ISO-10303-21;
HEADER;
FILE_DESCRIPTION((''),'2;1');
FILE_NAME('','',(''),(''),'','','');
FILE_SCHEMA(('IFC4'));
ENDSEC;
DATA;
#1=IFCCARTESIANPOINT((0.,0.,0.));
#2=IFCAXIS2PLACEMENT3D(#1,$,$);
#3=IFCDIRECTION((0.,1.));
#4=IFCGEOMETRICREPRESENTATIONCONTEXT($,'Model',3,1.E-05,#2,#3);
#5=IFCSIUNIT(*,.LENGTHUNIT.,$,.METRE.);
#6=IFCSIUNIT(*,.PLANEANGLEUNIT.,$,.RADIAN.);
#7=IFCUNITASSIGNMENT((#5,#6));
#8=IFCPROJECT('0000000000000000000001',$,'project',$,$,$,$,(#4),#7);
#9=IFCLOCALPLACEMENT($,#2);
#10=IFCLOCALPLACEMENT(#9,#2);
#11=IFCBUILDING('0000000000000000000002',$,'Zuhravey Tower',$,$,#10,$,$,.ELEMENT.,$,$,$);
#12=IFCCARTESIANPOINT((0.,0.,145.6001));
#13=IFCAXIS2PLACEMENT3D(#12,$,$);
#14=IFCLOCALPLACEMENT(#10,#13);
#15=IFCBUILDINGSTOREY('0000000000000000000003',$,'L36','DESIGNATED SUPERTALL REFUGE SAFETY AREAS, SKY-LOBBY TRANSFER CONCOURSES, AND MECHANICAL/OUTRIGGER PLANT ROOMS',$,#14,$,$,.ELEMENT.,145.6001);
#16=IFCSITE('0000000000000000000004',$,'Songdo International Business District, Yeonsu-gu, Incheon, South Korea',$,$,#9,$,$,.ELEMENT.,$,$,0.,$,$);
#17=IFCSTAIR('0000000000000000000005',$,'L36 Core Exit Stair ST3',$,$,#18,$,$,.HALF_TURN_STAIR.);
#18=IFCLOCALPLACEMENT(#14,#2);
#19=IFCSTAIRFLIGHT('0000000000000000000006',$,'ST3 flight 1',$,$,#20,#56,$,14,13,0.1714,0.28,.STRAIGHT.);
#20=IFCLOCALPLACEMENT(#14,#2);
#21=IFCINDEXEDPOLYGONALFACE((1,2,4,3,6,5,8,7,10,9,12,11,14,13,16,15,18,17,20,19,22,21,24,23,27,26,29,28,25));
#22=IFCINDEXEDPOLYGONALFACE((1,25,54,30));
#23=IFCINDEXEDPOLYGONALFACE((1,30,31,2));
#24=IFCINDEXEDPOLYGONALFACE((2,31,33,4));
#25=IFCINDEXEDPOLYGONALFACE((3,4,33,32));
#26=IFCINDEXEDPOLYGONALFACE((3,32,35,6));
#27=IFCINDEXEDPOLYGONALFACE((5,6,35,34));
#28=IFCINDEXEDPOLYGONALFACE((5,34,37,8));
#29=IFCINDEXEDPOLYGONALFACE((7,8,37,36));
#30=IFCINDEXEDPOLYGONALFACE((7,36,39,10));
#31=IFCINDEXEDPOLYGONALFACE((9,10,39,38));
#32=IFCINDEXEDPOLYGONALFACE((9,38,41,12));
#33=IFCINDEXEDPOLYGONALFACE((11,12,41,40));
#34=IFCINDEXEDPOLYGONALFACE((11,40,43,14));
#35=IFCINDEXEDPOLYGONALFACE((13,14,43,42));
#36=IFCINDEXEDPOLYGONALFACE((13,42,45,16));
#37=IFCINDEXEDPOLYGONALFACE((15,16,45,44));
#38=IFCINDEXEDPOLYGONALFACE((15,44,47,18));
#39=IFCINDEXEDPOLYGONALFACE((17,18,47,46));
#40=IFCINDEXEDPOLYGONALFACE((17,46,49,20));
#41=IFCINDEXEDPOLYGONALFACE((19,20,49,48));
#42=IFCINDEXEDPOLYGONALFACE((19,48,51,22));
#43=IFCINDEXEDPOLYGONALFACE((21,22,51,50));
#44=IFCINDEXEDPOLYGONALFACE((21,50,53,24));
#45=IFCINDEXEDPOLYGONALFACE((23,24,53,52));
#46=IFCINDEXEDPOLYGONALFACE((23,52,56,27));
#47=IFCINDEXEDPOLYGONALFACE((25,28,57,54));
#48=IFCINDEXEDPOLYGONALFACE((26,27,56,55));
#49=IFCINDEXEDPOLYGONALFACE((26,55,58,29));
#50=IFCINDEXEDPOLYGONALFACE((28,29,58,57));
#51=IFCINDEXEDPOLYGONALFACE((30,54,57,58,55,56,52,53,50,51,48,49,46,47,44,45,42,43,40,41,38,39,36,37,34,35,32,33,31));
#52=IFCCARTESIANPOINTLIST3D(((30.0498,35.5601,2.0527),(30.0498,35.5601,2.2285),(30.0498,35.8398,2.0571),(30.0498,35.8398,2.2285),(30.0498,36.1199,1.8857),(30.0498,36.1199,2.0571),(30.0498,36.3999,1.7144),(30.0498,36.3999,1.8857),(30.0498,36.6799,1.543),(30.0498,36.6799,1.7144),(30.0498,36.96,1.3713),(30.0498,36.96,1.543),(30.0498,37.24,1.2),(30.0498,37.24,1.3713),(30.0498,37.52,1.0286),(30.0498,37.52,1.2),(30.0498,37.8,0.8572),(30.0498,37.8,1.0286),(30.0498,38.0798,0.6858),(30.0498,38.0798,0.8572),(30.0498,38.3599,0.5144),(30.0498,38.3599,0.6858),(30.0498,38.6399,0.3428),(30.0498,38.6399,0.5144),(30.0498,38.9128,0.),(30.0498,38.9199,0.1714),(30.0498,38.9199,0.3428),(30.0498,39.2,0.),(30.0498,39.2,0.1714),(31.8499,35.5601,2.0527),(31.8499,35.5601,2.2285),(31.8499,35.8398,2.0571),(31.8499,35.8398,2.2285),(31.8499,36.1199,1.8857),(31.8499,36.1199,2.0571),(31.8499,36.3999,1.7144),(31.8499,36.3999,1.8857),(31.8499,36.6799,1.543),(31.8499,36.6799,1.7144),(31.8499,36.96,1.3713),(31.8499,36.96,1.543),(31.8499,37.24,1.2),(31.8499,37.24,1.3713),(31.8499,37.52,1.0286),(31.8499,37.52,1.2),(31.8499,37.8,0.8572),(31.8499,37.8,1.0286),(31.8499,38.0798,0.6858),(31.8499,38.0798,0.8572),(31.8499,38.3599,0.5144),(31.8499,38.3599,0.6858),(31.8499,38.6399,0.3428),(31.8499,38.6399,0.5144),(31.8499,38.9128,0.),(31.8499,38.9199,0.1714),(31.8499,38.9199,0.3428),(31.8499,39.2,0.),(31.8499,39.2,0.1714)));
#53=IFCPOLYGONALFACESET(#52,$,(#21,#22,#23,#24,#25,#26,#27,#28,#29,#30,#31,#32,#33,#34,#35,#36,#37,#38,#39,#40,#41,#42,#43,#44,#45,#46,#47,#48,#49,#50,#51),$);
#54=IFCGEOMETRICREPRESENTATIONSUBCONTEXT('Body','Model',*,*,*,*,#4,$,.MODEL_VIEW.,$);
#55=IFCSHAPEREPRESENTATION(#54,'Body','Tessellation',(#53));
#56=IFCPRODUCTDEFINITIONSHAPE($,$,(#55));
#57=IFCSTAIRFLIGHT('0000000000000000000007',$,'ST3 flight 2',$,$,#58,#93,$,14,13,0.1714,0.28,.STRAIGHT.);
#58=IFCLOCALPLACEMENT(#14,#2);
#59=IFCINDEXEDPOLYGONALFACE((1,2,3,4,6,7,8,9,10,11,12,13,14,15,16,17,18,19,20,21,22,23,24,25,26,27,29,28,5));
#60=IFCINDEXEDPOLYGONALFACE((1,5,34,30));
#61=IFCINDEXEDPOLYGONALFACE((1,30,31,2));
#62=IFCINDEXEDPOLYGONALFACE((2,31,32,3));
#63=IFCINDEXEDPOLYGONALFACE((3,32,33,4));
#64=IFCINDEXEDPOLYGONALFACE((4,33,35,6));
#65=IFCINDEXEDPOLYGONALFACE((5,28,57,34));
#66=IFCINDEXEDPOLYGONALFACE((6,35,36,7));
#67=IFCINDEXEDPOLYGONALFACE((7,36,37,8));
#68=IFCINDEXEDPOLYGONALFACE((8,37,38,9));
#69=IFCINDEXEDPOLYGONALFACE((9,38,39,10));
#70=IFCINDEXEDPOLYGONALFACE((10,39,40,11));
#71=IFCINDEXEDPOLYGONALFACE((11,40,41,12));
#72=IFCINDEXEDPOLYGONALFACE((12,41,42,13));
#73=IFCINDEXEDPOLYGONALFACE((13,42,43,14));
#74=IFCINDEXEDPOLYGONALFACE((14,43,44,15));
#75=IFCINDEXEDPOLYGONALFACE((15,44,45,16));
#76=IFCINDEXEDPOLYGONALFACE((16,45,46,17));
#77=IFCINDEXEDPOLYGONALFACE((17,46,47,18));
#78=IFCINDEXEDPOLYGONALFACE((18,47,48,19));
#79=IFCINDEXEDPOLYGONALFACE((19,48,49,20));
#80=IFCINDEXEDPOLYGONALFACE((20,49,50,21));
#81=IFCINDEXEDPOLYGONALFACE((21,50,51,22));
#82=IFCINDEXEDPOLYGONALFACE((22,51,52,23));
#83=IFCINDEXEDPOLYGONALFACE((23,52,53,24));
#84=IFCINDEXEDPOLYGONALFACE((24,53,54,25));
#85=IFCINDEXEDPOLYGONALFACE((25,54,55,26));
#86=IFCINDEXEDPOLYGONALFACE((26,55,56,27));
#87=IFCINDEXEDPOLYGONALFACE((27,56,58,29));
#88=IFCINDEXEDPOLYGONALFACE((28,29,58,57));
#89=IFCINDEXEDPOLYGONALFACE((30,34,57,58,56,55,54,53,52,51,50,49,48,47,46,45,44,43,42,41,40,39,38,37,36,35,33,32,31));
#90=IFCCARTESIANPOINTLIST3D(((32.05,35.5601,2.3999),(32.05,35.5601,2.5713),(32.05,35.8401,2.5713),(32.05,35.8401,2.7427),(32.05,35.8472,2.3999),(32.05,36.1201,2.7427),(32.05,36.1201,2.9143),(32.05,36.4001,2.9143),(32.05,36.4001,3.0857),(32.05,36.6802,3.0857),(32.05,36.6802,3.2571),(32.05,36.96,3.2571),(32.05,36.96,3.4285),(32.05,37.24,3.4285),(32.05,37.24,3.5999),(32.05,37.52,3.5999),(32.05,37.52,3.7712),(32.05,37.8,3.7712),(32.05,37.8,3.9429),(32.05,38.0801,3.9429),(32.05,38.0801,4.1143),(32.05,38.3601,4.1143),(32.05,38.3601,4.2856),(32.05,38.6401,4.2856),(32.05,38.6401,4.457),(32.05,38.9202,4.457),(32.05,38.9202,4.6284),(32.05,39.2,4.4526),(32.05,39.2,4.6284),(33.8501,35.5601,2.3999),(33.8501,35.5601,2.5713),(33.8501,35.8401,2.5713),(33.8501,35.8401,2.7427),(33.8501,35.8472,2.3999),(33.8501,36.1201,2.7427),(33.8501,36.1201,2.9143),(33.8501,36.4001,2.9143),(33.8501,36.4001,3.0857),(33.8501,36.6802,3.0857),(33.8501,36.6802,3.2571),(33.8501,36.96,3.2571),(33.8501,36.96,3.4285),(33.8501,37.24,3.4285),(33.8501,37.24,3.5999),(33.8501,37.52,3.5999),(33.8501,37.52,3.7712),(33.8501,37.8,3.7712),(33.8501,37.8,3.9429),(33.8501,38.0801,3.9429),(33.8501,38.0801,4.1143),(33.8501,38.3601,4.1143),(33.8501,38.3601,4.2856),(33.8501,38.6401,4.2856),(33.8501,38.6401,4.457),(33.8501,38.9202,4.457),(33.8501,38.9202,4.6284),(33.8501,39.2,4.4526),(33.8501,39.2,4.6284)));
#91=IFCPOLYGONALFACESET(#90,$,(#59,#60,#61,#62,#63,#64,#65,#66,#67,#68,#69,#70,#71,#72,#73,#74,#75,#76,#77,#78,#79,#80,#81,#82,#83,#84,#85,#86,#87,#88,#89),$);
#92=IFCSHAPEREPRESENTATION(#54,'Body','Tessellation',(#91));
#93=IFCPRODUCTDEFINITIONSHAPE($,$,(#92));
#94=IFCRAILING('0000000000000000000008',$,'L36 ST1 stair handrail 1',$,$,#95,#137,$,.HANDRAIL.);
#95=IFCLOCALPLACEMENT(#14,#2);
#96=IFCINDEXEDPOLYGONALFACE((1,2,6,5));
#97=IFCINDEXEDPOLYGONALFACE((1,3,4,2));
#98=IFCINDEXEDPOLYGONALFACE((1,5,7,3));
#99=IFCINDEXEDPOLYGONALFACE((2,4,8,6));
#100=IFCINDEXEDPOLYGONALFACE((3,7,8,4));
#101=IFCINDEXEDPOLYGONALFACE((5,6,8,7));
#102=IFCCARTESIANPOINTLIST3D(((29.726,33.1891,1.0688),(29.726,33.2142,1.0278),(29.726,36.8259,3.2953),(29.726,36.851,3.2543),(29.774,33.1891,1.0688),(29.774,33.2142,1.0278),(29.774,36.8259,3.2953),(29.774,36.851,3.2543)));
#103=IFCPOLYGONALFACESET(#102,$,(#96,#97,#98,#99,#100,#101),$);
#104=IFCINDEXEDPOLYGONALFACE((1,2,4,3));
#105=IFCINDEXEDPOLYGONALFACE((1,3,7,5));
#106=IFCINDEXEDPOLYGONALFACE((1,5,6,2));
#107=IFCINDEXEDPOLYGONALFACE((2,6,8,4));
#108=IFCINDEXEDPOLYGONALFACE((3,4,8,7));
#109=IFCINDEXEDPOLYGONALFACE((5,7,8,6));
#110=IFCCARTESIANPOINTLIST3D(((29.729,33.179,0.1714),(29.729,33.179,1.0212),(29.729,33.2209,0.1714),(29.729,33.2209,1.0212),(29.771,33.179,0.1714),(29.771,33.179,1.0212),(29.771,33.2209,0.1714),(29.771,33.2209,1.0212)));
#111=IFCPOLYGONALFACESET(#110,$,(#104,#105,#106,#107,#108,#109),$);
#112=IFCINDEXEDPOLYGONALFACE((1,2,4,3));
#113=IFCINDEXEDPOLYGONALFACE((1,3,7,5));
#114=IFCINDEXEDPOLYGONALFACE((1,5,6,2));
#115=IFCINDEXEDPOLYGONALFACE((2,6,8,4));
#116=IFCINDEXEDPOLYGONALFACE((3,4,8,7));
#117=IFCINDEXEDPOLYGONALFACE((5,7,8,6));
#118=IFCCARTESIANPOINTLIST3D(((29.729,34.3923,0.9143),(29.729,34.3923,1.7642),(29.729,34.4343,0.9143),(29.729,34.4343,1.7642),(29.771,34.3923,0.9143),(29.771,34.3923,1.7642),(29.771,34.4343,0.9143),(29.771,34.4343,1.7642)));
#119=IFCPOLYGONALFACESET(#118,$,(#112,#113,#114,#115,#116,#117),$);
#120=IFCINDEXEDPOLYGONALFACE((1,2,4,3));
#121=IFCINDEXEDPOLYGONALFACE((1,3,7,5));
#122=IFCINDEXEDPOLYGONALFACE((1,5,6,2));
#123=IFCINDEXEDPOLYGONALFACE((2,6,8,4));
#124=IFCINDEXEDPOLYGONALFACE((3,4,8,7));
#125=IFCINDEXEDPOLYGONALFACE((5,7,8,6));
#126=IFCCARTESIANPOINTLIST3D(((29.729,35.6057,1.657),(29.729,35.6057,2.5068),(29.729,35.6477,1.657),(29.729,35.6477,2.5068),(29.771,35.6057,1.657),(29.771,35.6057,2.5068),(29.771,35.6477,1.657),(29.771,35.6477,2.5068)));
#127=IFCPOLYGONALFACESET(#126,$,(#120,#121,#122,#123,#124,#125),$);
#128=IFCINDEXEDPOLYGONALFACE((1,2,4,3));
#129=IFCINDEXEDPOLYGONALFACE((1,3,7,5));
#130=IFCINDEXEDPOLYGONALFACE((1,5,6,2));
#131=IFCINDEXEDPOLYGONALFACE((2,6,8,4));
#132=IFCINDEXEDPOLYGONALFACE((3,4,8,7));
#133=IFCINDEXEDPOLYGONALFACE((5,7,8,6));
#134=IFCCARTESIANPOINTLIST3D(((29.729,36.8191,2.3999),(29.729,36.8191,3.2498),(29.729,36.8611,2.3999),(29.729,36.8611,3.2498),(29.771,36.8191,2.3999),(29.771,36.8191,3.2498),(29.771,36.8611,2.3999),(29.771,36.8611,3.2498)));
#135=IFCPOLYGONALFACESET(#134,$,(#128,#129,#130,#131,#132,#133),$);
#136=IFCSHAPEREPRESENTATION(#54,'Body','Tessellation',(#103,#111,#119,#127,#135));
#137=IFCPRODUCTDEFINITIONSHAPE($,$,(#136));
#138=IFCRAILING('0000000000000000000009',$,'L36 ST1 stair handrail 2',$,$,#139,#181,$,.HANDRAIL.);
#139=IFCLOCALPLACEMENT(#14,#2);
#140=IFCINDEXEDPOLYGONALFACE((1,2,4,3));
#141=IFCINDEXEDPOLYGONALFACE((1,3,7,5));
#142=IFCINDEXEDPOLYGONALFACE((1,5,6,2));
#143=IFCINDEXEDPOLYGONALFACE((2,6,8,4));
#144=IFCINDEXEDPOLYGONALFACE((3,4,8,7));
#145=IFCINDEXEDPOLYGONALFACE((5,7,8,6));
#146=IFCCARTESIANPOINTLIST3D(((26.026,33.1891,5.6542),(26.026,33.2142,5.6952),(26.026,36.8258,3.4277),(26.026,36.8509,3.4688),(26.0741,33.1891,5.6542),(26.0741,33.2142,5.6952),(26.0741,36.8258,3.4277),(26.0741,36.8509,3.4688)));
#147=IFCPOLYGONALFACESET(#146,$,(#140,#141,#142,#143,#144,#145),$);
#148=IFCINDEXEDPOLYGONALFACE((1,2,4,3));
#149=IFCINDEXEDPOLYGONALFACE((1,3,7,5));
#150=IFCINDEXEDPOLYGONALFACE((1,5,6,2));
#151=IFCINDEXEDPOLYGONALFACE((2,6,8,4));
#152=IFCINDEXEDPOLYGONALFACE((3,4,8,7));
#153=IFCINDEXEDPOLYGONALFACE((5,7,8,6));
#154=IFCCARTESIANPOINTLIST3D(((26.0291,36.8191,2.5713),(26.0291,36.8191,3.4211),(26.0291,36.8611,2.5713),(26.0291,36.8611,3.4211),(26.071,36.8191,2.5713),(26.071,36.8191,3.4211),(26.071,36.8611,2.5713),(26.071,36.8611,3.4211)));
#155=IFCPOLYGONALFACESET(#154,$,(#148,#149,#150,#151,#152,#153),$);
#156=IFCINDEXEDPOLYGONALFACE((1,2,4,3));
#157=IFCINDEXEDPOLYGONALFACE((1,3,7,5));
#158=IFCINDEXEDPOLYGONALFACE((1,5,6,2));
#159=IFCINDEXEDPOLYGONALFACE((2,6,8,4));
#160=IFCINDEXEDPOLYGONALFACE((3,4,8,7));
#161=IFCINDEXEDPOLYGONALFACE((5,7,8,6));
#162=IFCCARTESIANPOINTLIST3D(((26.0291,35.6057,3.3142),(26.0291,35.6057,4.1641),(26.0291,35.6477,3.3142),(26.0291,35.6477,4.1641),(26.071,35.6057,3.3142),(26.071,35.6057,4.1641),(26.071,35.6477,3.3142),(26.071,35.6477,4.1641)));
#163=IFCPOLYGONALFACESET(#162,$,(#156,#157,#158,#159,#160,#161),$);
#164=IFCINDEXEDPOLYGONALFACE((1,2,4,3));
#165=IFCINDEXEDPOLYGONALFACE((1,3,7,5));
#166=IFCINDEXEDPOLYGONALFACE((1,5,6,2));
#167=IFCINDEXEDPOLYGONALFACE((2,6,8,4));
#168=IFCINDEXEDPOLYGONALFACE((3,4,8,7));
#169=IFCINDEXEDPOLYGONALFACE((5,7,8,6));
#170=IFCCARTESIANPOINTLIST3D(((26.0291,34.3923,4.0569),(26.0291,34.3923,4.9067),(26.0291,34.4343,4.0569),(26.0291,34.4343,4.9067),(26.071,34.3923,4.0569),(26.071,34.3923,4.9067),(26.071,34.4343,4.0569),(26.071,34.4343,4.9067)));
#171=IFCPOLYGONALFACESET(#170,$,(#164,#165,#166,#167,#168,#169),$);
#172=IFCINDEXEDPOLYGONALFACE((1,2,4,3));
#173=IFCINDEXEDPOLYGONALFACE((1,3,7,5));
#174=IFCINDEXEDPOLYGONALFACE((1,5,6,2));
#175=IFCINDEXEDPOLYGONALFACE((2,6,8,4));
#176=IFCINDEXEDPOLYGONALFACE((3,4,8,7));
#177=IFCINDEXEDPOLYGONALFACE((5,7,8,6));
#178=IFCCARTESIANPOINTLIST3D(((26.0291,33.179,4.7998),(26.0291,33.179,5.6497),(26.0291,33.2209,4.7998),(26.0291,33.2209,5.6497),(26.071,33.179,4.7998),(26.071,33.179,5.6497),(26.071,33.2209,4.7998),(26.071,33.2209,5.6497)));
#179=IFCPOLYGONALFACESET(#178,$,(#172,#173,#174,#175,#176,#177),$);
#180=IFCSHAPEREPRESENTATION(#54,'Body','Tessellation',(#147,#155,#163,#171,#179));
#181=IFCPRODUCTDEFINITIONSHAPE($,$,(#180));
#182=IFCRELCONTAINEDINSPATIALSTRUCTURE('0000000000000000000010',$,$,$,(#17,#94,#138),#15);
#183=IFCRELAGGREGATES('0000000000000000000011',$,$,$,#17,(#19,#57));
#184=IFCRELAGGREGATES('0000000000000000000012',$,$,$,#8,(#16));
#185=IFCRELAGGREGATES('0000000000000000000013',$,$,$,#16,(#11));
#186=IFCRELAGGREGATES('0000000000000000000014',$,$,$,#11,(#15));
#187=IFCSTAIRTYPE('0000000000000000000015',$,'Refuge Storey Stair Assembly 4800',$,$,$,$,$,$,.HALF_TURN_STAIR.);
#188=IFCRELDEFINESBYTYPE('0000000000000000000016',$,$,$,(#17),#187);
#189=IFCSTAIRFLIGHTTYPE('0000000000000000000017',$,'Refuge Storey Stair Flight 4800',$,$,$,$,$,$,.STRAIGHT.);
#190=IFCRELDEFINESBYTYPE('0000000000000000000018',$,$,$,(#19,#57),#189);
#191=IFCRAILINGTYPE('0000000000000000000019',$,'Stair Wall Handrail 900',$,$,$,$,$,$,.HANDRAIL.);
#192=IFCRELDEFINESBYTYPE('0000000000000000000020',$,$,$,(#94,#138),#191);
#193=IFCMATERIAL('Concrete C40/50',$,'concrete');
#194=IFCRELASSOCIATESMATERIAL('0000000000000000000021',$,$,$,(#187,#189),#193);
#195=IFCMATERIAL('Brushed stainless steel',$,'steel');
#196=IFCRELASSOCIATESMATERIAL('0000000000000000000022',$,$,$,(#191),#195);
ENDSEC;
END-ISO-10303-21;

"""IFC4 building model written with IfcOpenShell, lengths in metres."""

from ifc_helpers import new_model, si_unit, direction, frame, origin, origin_2d, place, context, subcontext, project, spatial, polyline, rectangle, outline, extrude, material, type_object, element, aggregate, save


model = new_model("IFC4")

# Units and contexts
model_context = context("Model", 3, precision=1e-05, world=origin(), true_north=direction((0.0, 1.0)))
body_context = subcontext(model_context, "Body", "Model", "MODEL_VIEW")
ifc_project = project(units=[si_unit("LENGTHUNIT", "METRE"), si_unit("PLANEANGLEUNIT", "RADIAN")], contexts=[model_context])

# Site, building, storey
site_placement = place(None, origin())
site = spatial("IfcSite", under=ifc_project, at=site_placement, Name="Songdo International Business District, Yeonsu-gu, Incheon, South Korea", CompositionType="ELEMENT", RefElevation=0.0)
building_placement = place(site_placement, origin())
building = spatial("IfcBuilding", under=site, at=building_placement, Name="Zuhravey Tower", CompositionType="ELEMENT")
storey_placement = place(building_placement, frame((0.0, 0.0, 145.6001)))
storey = spatial("IfcBuildingStorey", under=building, at=storey_placement, Name="L36", Description="DESIGNATED SUPERTALL REFUGE SAFETY AREAS, SKY-LOBBY TRANSFER CONCOURSES, AND MECHANICAL/OUTRIGGER PLANT ROOMS", CompositionType="ELEMENT", Elevation=145.6001)

# Stair, stair flights
ifc_material_1 = material(Name="Concrete C40/50", Category="concrete")
stair_type = type_object("IfcStairType", Name="Refuge Storey Stair Assembly 4800", PredefinedType="HALF_TURN_STAIR", material=ifc_material_1)
stair_flight_type = type_object("IfcStairFlightType", Name="Refuge Storey Stair Flight 4800", PredefinedType="STRAIGHT", material=ifc_material_1)
stair_1_placement = place(storey_placement, origin())
stair_1 = element("IfcStair", 1, at=stair_1_placement, inside=storey, type_object=stair_type, Name="L36 Core Exit Stair ST3", PredefinedType="HALF_TURN_STAIR")
stair_flight_1_placement = place(storey_placement, frame((30.95, 39.2, 0.0), z_axis=(0.0, 0.0, 1.0), x_axis=(0.0, -1.0, 0.0)))
stair_flight_1 = element("IfcStairFlight", 2, at=stair_flight_1_placement, type_object=stair_flight_type, Name="ST3 flight 1", NumberOfRisers=14, NumberOfTreads=13, PredefinedType="STRAIGHT", RiserHeight=0.1714, TreadLength=0.28, context=body_context, shape_type="SweptSolid", body=[
    extrude(outline(polyline([(0.0, 0.0), (0.0, 0.1714), (0.28, 0.1714), (0.28, 0.3428), (0.5601, 0.3428), (0.5601, 0.5144), (0.8401, 0.5144), (0.8401, 0.6858), (1.1201, 0.6858), (1.1201, 0.8572), (1.3999, 0.8572), (1.3999, 1.0286), (1.6799, 1.0286), (1.6799, 1.2), (1.96, 1.2), (1.96, 1.3713), (2.24, 1.3713), (2.24, 1.543), (2.52, 1.543), (2.52, 1.7144), (2.8, 1.7144), (2.8, 1.8857), (3.0801, 1.8857), (3.0801, 2.0571), (3.3601, 2.0571), (3.3601, 2.2285), (3.6399, 2.2285), (3.6399, 2.3999), (3.6399, 2.0527), (0.2871, 0.0), (0.0, 0.0)])), frame((0.0, 0.8999, 0.0), z_axis=(0.0, -1.0, 0.0), x_axis=(1.0, 0.0, 0.0)), (0.0, 0.0, 1.0), 1.8),
])
stair_flight_2_placement = place(storey_placement, frame((32.95, 35.5601, 2.3999), z_axis=(0.0, 0.0, 1.0), x_axis=(0.0, 1.0, 0.0)))
stair_flight_2 = element("IfcStairFlight", 3, at=stair_flight_2_placement, type_object=stair_flight_type, Name="ST3 flight 2", NumberOfRisers=14, NumberOfTreads=13, PredefinedType="STRAIGHT", RiserHeight=0.1714, TreadLength=0.28, context=body_context, shape_type="SweptSolid", body=[
    extrude(outline(polyline([(0.0, 0.0), (0.0, 0.1714), (0.28, 0.1714), (0.28, 0.3428), (0.5601, 0.3428), (0.5601, 0.5144), (0.8401, 0.5144), (0.8401, 0.6858), (1.1201, 0.6858), (1.1201, 0.8572), (1.3999, 0.8572), (1.3999, 1.0286), (1.6799, 1.0286), (1.6799, 1.2), (1.96, 1.2), (1.96, 1.3713), (2.24, 1.3713), (2.24, 1.543), (2.52, 1.543), (2.52, 1.7144), (2.8, 1.7144), (2.8, 1.8857), (3.0801, 1.8857), (3.0801, 2.0571), (3.3601, 2.0571), (3.3601, 2.2285), (3.6399, 2.2285), (3.6399, 2.3999), (3.6399, 2.0527), (0.2871, 0.0), (0.0, 0.0)])), frame((0.0, 0.8999, 0.0), z_axis=(0.0, -1.0, 0.0), x_axis=(1.0, 0.0, 0.0)), (0.0, 0.0, 1.0), 1.8),
])
aggregate(stair_1, [stair_flight_1, stair_flight_2])

# Railings
ifc_material_2 = material(Name="Brushed stainless steel", Category="steel")
railing_type_1 = type_object("IfcRailingType", Name="Stair Wall Handrail 900", PredefinedType="HANDRAIL", material=ifc_material_2)
railing_1_placement = place(storey_placement, frame((29.75, 33.2, 0.1714)))
element("IfcRailing", 4, at=railing_1_placement, inside=storey, type_object=railing_type_1, Name="L36 ST1 stair handrail 1", PredefinedType="HANDRAIL", context=body_context, shape_type="SweptSolid", body=[
    extrude(rectangle(XDim=0.0481, YDim=0.0481, at=origin_2d()), frame((0.0, 0.0017, 0.877), z_axis=(0.0, 0.852866, 0.52213), x_axis=(-1.0, 0.0, 0.0)), (0.0, 0.0, 1.0), 4.2642),
    extrude(rectangle(XDim=0.042, YDim=0.042, at=origin_2d()), origin(), (0.0, 0.0, 1.0), 0.8499),
    extrude(rectangle(XDim=0.042, YDim=0.042, at=origin_2d()), frame((0.0, 1.2134, 0.7429)), (0.0, 0.0, 1.0), 0.8499),
    extrude(rectangle(XDim=0.042, YDim=0.042, at=origin_2d()), frame((0.0, 2.4268, 1.4856)), (0.0, 0.0, 1.0), 0.8499),
    extrude(rectangle(XDim=0.042, YDim=0.042, at=origin_2d()), frame((0.0, 3.6401, 2.2285)), (0.0, 0.0, 1.0), 0.8499),
])
railing_2_placement = place(storey_placement, frame((26.05, 36.8401, 2.5713)))
element("IfcRailing", 5, at=railing_2_placement, inside=storey, type_object=railing_type_1, Name="L36 ST1 stair handrail 2", PredefinedType="HANDRAIL", context=body_context, shape_type="SweptSolid", body=[
    extrude(rectangle(XDim=0.0481, YDim=0.0481, at=origin_2d()), frame((0.0, -0.0017, 0.877), z_axis=(0.0, -0.852866, 0.52213), x_axis=(1.0, 0.0, 0.0)), (0.0, 0.0, 1.0), 4.2642),
    extrude(rectangle(XDim=0.042, YDim=0.042, at=origin_2d()), origin(), (0.0, 0.0, 1.0), 0.8499),
    extrude(rectangle(XDim=0.042, YDim=0.042, at=origin_2d()), frame((0.0, -1.2134, 0.7429)), (0.0, 0.0, 1.0), 0.8499),
    extrude(rectangle(XDim=0.042, YDim=0.042, at=origin_2d()), frame((0.0, -2.4268, 1.4856)), (0.0, 0.0, 1.0), 0.8499),
    extrude(rectangle(XDim=0.042, YDim=0.042, at=origin_2d()), frame((0.0, -3.6401, 2.2285)), (0.0, 0.0, 1.0), 0.8499),
])

save(model, "model.ifc")
